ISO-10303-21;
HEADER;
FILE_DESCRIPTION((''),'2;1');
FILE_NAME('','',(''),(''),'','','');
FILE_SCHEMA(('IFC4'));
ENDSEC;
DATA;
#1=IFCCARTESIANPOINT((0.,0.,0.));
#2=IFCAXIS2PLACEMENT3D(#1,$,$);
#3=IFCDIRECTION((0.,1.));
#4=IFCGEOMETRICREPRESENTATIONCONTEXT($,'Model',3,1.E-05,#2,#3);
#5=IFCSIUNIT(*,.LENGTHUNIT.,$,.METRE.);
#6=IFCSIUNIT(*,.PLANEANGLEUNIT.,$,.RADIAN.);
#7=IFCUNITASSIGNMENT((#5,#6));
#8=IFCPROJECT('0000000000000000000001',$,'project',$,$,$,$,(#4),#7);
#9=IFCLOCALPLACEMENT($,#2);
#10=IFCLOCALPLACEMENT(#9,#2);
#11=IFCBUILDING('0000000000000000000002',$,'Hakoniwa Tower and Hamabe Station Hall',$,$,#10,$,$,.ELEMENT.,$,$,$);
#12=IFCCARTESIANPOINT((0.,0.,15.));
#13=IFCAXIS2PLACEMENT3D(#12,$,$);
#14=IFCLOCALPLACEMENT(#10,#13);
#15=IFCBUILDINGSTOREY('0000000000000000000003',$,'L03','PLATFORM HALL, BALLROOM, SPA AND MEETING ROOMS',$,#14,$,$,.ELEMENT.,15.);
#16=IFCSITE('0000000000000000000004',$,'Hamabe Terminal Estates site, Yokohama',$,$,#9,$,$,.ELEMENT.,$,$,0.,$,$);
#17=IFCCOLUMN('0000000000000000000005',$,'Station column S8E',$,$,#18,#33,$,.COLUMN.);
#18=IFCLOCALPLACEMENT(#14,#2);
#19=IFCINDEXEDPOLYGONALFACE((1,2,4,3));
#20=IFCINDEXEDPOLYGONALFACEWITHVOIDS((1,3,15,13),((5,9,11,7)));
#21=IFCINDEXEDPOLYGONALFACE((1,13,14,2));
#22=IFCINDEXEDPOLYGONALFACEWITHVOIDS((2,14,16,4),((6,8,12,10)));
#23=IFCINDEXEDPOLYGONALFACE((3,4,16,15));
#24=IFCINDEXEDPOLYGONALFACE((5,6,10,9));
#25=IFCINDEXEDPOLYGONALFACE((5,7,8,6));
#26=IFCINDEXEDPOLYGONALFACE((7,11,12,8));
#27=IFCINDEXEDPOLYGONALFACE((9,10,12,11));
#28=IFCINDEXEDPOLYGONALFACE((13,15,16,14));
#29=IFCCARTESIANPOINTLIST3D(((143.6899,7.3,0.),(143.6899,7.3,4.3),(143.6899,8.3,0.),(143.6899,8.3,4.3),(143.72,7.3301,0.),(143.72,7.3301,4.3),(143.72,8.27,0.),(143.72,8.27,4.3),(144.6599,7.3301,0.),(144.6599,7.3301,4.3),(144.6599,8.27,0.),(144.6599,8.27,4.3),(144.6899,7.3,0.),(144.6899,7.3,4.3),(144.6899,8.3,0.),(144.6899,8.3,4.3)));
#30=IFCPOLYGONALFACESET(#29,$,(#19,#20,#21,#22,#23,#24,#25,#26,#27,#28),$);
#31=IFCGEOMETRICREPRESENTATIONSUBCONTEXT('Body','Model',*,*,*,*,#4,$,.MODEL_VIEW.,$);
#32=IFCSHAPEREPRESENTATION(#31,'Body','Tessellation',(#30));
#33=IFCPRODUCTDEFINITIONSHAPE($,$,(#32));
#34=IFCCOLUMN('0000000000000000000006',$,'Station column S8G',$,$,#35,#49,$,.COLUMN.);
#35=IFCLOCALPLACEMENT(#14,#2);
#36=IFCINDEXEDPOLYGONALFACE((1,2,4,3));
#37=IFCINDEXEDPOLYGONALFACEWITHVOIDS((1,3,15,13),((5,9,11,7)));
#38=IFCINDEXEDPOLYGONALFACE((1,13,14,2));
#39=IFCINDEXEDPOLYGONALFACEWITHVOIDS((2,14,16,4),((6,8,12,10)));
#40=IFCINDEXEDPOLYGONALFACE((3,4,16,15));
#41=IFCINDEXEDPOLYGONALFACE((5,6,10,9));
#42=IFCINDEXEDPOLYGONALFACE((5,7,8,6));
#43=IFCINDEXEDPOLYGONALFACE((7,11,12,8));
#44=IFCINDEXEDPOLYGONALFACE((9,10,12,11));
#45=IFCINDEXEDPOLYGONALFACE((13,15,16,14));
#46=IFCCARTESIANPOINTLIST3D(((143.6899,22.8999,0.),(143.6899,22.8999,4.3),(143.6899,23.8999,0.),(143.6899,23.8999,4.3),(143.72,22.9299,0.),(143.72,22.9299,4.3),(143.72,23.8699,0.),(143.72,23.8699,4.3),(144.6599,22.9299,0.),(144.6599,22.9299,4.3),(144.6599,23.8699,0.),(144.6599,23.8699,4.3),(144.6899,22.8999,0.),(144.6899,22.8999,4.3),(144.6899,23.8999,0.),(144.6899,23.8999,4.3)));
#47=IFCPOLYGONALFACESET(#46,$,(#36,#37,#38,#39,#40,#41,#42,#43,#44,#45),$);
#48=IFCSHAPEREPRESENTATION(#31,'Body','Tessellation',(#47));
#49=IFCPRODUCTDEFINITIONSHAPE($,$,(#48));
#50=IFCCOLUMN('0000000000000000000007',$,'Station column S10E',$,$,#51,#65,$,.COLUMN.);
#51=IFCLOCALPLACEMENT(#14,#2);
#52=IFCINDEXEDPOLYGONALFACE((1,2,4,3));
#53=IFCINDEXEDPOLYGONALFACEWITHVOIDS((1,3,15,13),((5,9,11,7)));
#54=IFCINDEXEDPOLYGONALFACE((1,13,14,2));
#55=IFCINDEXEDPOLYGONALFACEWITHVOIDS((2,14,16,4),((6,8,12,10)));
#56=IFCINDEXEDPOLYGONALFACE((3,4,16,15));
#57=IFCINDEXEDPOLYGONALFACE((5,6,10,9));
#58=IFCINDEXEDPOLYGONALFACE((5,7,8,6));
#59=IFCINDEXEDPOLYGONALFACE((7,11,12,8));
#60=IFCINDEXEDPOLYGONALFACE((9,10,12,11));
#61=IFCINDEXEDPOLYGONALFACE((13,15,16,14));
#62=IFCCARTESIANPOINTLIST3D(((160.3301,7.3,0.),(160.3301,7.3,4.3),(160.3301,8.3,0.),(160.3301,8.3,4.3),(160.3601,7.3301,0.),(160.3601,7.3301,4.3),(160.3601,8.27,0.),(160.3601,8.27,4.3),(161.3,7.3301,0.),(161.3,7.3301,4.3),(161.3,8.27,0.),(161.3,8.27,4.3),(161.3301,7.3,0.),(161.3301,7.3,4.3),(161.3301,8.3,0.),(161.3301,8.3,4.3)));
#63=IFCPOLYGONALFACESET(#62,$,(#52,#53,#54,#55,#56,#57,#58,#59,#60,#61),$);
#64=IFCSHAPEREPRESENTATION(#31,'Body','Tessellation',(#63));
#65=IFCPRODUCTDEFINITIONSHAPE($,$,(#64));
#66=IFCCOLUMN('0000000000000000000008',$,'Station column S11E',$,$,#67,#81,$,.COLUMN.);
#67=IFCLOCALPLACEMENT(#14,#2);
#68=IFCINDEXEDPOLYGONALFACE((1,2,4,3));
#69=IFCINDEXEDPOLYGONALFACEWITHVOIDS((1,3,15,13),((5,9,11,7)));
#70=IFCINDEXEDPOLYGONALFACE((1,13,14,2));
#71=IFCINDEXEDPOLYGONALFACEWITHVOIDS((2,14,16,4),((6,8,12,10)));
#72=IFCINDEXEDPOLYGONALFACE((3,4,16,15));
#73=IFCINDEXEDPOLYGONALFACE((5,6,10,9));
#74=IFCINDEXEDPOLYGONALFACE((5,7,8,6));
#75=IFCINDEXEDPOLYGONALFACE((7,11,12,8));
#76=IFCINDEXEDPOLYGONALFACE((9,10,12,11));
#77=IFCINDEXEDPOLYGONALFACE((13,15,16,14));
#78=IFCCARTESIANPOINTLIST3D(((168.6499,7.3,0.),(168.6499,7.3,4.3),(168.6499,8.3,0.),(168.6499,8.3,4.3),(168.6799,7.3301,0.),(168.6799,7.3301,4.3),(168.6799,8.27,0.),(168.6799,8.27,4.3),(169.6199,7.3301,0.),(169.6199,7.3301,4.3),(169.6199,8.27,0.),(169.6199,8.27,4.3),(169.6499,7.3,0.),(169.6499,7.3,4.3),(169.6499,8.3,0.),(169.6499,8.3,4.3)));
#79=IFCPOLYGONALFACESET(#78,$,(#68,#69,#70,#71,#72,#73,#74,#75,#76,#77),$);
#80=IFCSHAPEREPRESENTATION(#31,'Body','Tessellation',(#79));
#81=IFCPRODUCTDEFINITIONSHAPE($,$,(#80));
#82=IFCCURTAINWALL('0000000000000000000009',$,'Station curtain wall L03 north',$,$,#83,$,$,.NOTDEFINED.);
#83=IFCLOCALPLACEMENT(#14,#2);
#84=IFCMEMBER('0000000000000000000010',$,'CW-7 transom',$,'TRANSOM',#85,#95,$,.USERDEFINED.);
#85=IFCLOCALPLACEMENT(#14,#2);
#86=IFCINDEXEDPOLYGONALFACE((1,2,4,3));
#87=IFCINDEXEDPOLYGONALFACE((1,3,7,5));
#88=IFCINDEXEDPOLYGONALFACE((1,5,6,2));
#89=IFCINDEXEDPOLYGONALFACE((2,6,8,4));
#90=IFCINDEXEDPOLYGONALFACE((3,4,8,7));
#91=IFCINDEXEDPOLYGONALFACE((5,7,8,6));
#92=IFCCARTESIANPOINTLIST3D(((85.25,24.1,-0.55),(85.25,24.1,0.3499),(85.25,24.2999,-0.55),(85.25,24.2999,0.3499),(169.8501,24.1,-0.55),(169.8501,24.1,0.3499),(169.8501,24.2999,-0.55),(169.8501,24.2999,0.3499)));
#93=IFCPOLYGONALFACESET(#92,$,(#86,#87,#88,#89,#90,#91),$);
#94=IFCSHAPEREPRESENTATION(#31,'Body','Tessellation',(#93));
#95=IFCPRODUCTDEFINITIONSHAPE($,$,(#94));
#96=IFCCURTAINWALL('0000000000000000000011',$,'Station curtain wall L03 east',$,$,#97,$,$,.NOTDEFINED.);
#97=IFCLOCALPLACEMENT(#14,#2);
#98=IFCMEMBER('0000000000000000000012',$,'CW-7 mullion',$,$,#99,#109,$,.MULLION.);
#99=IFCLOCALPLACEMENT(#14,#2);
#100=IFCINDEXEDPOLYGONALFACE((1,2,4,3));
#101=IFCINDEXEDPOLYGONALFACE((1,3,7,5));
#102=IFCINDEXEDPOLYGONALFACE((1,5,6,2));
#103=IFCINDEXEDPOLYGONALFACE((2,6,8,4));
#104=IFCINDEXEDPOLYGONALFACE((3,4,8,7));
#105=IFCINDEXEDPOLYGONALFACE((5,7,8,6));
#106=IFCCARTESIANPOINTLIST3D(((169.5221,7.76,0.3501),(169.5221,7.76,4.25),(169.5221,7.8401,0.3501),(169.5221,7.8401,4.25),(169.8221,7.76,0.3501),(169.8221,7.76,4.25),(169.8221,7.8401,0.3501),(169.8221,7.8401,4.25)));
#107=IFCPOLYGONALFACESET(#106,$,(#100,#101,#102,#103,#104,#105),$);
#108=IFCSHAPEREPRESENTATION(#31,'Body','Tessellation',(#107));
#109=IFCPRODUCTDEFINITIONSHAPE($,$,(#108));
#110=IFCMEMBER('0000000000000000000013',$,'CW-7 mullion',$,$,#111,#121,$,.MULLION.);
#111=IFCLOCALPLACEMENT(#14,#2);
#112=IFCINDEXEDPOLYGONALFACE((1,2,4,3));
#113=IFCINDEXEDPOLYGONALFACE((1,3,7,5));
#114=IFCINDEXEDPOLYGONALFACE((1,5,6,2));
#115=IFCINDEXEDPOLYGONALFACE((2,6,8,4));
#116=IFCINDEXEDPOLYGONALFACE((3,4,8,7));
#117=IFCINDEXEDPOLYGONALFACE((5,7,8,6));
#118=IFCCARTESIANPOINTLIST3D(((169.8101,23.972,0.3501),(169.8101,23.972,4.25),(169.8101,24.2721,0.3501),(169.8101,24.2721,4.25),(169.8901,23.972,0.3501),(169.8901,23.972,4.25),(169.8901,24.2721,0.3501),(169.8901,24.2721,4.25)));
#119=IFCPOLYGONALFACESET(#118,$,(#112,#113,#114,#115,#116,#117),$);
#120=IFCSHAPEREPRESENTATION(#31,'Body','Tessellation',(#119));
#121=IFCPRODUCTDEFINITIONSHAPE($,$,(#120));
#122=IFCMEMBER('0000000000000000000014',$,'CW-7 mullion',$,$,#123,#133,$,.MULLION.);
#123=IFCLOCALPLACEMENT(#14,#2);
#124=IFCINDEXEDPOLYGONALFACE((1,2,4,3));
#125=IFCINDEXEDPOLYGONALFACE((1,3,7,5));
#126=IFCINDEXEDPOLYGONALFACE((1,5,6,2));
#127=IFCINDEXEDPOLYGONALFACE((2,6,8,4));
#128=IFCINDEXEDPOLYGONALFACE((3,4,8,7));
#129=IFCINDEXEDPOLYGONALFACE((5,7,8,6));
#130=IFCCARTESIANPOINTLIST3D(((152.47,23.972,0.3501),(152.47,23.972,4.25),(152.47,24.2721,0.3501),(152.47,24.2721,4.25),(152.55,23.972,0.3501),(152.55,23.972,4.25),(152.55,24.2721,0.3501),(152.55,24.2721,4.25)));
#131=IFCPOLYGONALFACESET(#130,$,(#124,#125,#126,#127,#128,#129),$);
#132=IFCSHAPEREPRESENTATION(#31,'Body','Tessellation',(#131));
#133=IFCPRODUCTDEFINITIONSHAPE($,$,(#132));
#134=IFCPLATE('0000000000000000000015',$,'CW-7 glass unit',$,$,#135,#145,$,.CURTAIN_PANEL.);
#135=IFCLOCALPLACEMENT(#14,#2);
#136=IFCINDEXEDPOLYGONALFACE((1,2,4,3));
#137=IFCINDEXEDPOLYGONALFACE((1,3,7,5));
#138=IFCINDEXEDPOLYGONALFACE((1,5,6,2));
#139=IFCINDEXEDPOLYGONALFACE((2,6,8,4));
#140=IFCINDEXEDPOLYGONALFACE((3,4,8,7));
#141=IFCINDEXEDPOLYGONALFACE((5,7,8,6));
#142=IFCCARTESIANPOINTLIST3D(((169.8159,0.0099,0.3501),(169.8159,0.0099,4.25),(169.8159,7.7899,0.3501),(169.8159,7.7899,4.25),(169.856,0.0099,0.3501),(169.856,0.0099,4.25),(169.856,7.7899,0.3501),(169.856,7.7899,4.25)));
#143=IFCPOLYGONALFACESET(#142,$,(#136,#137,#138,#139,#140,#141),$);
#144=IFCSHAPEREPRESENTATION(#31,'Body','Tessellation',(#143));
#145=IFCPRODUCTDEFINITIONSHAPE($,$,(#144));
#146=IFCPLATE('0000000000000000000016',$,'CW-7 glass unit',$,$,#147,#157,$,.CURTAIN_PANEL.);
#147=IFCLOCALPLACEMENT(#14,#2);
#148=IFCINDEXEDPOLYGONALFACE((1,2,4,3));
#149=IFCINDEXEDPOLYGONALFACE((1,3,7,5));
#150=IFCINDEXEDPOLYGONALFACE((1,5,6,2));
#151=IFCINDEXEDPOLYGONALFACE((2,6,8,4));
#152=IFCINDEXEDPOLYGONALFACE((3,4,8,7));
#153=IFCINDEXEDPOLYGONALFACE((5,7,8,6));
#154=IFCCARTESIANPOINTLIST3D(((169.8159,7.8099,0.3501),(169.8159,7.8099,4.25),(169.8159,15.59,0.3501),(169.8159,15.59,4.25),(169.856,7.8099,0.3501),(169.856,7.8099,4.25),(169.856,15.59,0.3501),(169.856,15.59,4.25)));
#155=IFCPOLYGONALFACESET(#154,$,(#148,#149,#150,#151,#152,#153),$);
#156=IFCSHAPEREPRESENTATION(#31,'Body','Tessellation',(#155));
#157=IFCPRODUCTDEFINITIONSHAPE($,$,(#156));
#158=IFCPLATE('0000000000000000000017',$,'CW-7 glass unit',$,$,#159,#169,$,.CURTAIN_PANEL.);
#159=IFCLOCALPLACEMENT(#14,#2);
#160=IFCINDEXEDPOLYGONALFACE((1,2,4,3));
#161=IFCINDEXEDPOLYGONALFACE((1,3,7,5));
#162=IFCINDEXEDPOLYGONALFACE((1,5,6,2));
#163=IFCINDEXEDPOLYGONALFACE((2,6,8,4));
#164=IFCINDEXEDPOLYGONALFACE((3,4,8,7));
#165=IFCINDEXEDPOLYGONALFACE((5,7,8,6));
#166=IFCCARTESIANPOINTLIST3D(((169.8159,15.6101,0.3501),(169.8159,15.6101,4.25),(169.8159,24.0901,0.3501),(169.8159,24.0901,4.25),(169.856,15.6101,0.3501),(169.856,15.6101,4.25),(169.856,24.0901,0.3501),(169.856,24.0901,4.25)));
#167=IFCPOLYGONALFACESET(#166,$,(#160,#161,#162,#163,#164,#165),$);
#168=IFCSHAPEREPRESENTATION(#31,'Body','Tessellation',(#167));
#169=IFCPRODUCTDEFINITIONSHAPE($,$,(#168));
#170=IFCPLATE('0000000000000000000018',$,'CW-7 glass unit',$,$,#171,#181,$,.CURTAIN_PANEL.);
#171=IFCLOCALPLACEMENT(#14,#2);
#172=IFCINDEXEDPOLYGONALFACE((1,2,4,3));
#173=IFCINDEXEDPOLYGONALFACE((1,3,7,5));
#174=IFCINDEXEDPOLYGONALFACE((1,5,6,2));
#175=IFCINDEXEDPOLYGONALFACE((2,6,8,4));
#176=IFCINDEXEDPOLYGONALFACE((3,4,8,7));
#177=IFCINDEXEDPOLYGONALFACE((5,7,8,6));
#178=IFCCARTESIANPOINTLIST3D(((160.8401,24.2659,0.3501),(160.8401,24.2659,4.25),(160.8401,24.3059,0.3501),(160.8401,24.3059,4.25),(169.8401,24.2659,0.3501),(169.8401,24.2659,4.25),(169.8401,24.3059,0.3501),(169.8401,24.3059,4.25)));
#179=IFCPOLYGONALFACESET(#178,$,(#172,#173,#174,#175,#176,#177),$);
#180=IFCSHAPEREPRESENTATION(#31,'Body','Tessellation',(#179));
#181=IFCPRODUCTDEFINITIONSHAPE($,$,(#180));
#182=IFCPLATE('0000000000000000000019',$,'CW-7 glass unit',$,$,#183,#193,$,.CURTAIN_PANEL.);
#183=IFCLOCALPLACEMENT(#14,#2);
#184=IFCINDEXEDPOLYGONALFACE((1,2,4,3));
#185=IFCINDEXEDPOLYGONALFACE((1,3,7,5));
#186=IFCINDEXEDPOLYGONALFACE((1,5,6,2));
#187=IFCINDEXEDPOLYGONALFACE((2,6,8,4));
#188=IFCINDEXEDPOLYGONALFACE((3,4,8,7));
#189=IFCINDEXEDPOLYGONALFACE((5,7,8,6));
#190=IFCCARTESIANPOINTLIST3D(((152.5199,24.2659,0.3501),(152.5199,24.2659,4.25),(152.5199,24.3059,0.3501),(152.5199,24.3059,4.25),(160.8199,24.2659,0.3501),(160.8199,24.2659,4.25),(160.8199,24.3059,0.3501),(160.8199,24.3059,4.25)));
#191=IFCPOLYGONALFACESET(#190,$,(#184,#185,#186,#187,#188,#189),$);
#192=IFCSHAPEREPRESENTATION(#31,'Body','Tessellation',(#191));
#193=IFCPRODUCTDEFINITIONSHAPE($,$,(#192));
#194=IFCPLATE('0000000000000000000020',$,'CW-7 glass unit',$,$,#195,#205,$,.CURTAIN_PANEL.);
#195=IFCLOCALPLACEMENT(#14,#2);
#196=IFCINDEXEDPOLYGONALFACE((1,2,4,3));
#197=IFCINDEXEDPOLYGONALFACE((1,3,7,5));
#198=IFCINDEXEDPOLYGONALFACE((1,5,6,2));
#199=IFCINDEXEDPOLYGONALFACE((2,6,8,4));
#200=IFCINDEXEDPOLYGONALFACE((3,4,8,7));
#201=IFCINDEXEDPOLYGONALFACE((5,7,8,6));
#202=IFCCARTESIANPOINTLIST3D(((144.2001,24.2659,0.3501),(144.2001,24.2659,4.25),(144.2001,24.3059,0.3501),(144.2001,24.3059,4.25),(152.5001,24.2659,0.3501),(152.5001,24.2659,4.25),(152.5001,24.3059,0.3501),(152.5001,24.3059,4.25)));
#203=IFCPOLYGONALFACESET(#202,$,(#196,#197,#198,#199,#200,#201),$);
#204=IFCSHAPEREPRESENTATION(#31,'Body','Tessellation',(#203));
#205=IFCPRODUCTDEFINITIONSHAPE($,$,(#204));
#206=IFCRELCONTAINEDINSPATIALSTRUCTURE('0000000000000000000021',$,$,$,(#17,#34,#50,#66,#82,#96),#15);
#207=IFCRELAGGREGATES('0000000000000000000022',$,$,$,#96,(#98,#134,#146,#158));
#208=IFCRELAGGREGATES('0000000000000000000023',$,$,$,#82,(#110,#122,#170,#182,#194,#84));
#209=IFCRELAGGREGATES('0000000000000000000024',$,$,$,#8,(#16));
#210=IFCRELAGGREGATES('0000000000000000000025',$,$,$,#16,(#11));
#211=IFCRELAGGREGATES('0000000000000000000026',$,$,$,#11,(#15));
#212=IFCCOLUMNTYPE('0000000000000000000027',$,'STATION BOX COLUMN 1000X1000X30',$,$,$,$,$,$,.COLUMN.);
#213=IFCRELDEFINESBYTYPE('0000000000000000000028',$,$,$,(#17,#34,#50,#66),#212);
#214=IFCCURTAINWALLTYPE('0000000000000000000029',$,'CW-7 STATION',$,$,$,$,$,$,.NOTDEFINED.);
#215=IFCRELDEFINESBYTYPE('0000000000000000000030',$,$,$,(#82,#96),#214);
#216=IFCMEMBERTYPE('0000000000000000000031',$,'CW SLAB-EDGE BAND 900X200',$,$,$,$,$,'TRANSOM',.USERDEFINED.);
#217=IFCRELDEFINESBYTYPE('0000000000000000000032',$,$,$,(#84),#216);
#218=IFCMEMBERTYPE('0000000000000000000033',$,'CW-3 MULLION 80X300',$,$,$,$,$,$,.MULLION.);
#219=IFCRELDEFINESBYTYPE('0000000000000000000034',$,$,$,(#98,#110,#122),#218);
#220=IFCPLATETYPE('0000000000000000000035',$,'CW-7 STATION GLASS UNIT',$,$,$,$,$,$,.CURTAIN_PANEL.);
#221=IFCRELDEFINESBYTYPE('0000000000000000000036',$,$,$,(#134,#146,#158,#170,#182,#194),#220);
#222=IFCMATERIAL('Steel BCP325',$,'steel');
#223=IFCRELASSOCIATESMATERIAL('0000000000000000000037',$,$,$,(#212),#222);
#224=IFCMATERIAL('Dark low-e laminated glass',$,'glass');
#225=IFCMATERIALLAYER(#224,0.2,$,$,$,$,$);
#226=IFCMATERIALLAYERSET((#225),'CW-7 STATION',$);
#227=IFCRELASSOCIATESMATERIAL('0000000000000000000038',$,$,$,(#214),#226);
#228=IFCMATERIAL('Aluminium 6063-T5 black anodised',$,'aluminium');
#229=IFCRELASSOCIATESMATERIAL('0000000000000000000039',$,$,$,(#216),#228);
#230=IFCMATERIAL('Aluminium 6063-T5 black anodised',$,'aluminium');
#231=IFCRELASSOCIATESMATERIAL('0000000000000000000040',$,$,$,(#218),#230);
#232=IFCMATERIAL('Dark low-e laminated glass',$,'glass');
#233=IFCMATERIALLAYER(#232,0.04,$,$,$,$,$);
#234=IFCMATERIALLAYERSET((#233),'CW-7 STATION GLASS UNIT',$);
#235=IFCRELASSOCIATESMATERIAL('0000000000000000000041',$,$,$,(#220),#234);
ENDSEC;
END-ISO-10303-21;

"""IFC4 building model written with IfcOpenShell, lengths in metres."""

from ifc_helpers import new_model, si_unit, direction, frame, origin, origin_2d, place, context, subcontext, project, spatial, rectangle, hollow_rectangle, extrude, material, layer, layer_set, material_profile, profile_set, type_object, element, aggregate, save


model = new_model("IFC4")

# Units and contexts
model_context = context("Model", 3, precision=1e-05, world=origin(), true_north=direction((0.0, 1.0)))
body_context = subcontext(model_context, "Body", "Model", "MODEL_VIEW")
ifc_project = project(units=[si_unit("LENGTHUNIT", "METRE"), si_unit("PLANEANGLEUNIT", "RADIAN")], contexts=[model_context])

# Site, building, storey
site_placement = place(None, origin())
site = spatial("IfcSite", under=ifc_project, at=site_placement, Name="Hamabe Terminal Estates site, Yokohama", CompositionType="ELEMENT", RefElevation=0.0)
building_placement = place(site_placement, origin())
building = spatial("IfcBuilding", under=site, at=building_placement, Name="Hakoniwa Tower and Hamabe Station Hall", CompositionType="ELEMENT")
storey_placement = place(building_placement, frame((0.0, 0.0, 15.0)))
storey = spatial("IfcBuildingStorey", under=building, at=storey_placement, Name="L03", Description="PLATFORM HALL, BALLROOM, SPA AND MEETING ROOMS", CompositionType="ELEMENT", Elevation=15.0)

# Columns
ifc_material_1 = material(Name="Steel BCP325", Category="steel")
ifc_material_profile_1 = material_profile(ifc_material_1, hollow_rectangle(XDim=1.0, YDim=1.0, WallThickness=0.03, at=origin_2d()), Name="STATION BOX COLUMN 1000X1000X30")
ifc_profile_set_1 = profile_set([ifc_material_profile_1], Name="Steel BCP325")
column_type = type_object("IfcColumnType", Name="STATION BOX COLUMN 1000X1000X30", PredefinedType="COLUMN", material=ifc_profile_set_1)
for number, where, z_axis, x_axis, name in (
    (1, (144.1899, 7.8, 0.0), (0.0, 0.0, 1.0), (1.0, 0.0, 0.0), "Station column S8E"),
    (2, (144.1899, 23.3999, 0.0), (0.0, 0.0, 1.0), (1.0, 0.0, 0.0), "Station column S8G"),
    (3, (160.8301, 7.8, 0.0), (0.0, 0.0, 1.0), (1.0, 0.0, 0.0), "Station column S10E"),
    (4, (169.1499, 7.8, 0.0), (0.0, 0.0, 1.0), (1.0, 0.0, 0.0), "Station column S11E"),
):
    element("IfcColumn", number, at=place(storey_placement, frame(where, z_axis=z_axis, x_axis=x_axis)), inside=storey, type_object=column_type, Name=name, PredefinedType="COLUMN", context=body_context, shape_type="SweptSolid", body=[
        extrude(hollow_rectangle(XDim=1.0, YDim=1.0, WallThickness=0.03, at=origin_2d()), origin(), (0.0, 0.0, 1.0), 4.3),
    ])

# Curtain walls, members
ifc_material_2 = material(Name="Dark low-e laminated glass", Category="glass")
ifc_layer_1 = layer(ifc_material_2, 0.2)
ifc_layer_set_1 = layer_set([ifc_layer_1], Name="CW-7 STATION")
curtain_wall_type = type_object("IfcCurtainWallType", Name="CW-7 STATION", PredefinedType="NOTDEFINED", material=ifc_layer_set_1)
curtain_wall_1_placement = place(storey_placement, origin())
curtain_wall_1 = element("IfcCurtainWall", 5, at=curtain_wall_1_placement, inside=storey, type_object=curtain_wall_type, Name="Station curtain wall L03 north", PredefinedType="NOTDEFINED")
ifc_material_3 = material(Name="Aluminium 6063-T5 black anodised", Category="aluminium")
ifc_material_profile_2 = material_profile(ifc_material_3, rectangle(XDim=0.2, YDim=0.8999, at=origin_2d()), Name="CW SLAB-EDGE BAND 900X200")
ifc_profile_set_2 = profile_set([ifc_material_profile_2], Name="Aluminium 6063-T5 black anodised")
member_type_1 = type_object("IfcMemberType", Name="CW SLAB-EDGE BAND 900X200", ElementType="TRANSOM", PredefinedType="USERDEFINED", material=ifc_profile_set_2)
member_1_placement = place(storey_placement, frame((169.8501, 24.2, -0.1001), z_axis=(-1.0, 0.0, 0.0), x_axis=(0.0, -1.0, 0.0)))
member_1 = element("IfcMember", 6, at=member_1_placement, type_object=member_type_1, Name="CW-7 transom", ObjectType="TRANSOM", PredefinedType="USERDEFINED", context=body_context, shape_type="SweptSolid", body=[
    extrude(rectangle(XDim=0.2, YDim=0.8999, at=origin_2d()), origin(), (0.0, 0.0, 1.0), 84.6001),
])
curtain_wall_2_placement = place(storey_placement, origin())
curtain_wall_2 = element("IfcCurtainWall", 7, at=curtain_wall_2_placement, inside=storey, type_object=curtain_wall_type, Name="Station curtain wall L03 east", PredefinedType="NOTDEFINED")
ifc_material_4 = material(Name="Aluminium 6063-T5 black anodised", Category="aluminium")
ifc_material_profile_3 = material_profile(ifc_material_4, rectangle(XDim=0.0801, YDim=0.3, at=origin_2d()), Name="CW-3 MULLION 80X300")
ifc_profile_set_3 = profile_set([ifc_material_profile_3], Name="Aluminium 6063-T5 black anodised")
member_type_2 = type_object("IfcMemberType", Name="CW-3 MULLION 80X300", PredefinedType="MULLION", material=ifc_profile_set_3)
member_2_placement = place(storey_placement, frame((169.6721, 7.8, 0.3501), z_axis=(0.0, 0.0, 1.0), x_axis=(0.0, 1.0, 0.0)))
member_2 = element("IfcMember", 8, at=member_2_placement, type_object=member_type_2, Name="CW-7 mullion", PredefinedType="MULLION", context=body_context, shape_type="SweptSolid", body=[
    extrude(rectangle(XDim=0.0801, YDim=0.3, at=origin_2d()), origin(), (0.0, 0.0, 1.0), 3.8999),
])

# Members
member_3_placement = place(storey_placement, frame((169.8501, 24.1221, 0.3501), z_axis=(0.0, 0.0, 1.0), x_axis=(-1.0, 0.0, 0.0)))
member_3 = element("IfcMember", 9, at=member_3_placement, type_object=member_type_2, Name="CW-7 mullion", PredefinedType="MULLION", context=body_context, shape_type="SweptSolid", body=[
    extrude(rectangle(XDim=0.0801, YDim=0.3, at=origin_2d()), origin(), (0.0, 0.0, 1.0), 3.8999),
])
member_4_placement = place(storey_placement, frame((152.51, 24.1221, 0.3501), z_axis=(0.0, 0.0, 1.0), x_axis=(-1.0, 0.0, 0.0)))
member_4 = element("IfcMember", 10, at=member_4_placement, type_object=member_type_2, Name="CW-7 mullion", PredefinedType="MULLION", context=body_context, shape_type="SweptSolid", body=[
    extrude(rectangle(XDim=0.0801, YDim=0.3, at=origin_2d()), origin(), (0.0, 0.0, 1.0), 3.8999),
])

# Plates
ifc_material_5 = material(Name="Dark low-e laminated glass", Category="glass")
ifc_layer_2 = layer(ifc_material_5, 0.04)
ifc_layer_set_2 = layer_set([ifc_layer_2], Name="CW-7 STATION GLASS UNIT")
plate_type = type_object("IfcPlateType", Name="CW-7 STATION GLASS UNIT", PredefinedType="CURTAIN_PANEL", material=ifc_layer_set_2)
plate_1_placement = place(storey_placement, frame((169.8359, 3.8999, 0.3501), z_axis=(0.0, 0.0, 1.0), x_axis=(0.0, 1.0, 0.0)))
plate_1 = element("IfcPlate", 11, at=plate_1_placement, type_object=plate_type, Name="CW-7 glass unit", PredefinedType="CURTAIN_PANEL", context=body_context, shape_type="SweptSolid", body=[
    extrude(rectangle(XDim=7.78, YDim=0.04, at=origin_2d()), origin(), (0.0, 0.0, 1.0), 3.8999),
])
plate_2_placement = place(storey_placement, frame((169.8359, 11.7, 0.3501), z_axis=(0.0, 0.0, 1.0), x_axis=(0.0, 1.0, 0.0)))
plate_2 = element("IfcPlate", 12, at=plate_2_placement, type_object=plate_type, Name="CW-7 glass unit", PredefinedType="CURTAIN_PANEL", context=body_context, shape_type="SweptSolid", body=[
    extrude(rectangle(XDim=7.78, YDim=0.04, at=origin_2d()), origin(), (0.0, 0.0, 1.0), 3.8999),
])
plate_3_placement = place(storey_placement, frame((169.8359, 19.8501, 0.3501), z_axis=(0.0, 0.0, 1.0), x_axis=(0.0, 1.0, 0.0)))
plate_3 = element("IfcPlate", 13, at=plate_3_placement, type_object=plate_type, Name="CW-7 glass unit", PredefinedType="CURTAIN_PANEL", context=body_context, shape_type="SweptSolid", body=[
    extrude(rectangle(XDim=8.48, YDim=0.04, at=origin_2d()), origin(), (0.0, 0.0, 1.0), 3.8999),
])
aggregate(curtain_wall_2, [member_2, plate_1, plate_2, plate_3])
plate_4_placement = place(storey_placement, frame((165.3401, 24.2859, 0.3501), z_axis=(0.0, 0.0, 1.0), x_axis=(-1.0, 0.0, 0.0)))
plate_4 = element("IfcPlate", 14, at=plate_4_placement, type_object=plate_type, Name="CW-7 glass unit", PredefinedType="CURTAIN_PANEL", context=body_context, shape_type="SweptSolid", body=[
    extrude(rectangle(XDim=9.0, YDim=0.04, at=origin_2d()), origin(), (0.0, 0.0, 1.0), 3.8999),
])
plate_5_placement = place(storey_placement, frame((156.6699, 24.2859, 0.3501), z_axis=(0.0, 0.0, 1.0), x_axis=(-1.0, 0.0, 0.0)))
plate_5 = element("IfcPlate", 15, at=plate_5_placement, type_object=plate_type, Name="CW-7 glass unit", PredefinedType="CURTAIN_PANEL", context=body_context, shape_type="SweptSolid", body=[
    extrude(rectangle(XDim=8.3, YDim=0.04, at=origin_2d()), origin(), (0.0, 0.0, 1.0), 3.8999),
])
plate_6_placement = place(storey_placement, frame((148.3501, 24.2859, 0.3501), z_axis=(0.0, 0.0, 1.0), x_axis=(-1.0, 0.0, 0.0)))
plate_6 = element("IfcPlate", 16, at=plate_6_placement, type_object=plate_type, Name="CW-7 glass unit", PredefinedType="CURTAIN_PANEL", context=body_context, shape_type="SweptSolid", body=[
    extrude(rectangle(XDim=8.3, YDim=0.04, at=origin_2d()), origin(), (0.0, 0.0, 1.0), 3.8999),
])
aggregate(curtain_wall_1, [member_3, member_4, plate_4, plate_5, plate_6, member_1])

save(model, "model.ifc")
